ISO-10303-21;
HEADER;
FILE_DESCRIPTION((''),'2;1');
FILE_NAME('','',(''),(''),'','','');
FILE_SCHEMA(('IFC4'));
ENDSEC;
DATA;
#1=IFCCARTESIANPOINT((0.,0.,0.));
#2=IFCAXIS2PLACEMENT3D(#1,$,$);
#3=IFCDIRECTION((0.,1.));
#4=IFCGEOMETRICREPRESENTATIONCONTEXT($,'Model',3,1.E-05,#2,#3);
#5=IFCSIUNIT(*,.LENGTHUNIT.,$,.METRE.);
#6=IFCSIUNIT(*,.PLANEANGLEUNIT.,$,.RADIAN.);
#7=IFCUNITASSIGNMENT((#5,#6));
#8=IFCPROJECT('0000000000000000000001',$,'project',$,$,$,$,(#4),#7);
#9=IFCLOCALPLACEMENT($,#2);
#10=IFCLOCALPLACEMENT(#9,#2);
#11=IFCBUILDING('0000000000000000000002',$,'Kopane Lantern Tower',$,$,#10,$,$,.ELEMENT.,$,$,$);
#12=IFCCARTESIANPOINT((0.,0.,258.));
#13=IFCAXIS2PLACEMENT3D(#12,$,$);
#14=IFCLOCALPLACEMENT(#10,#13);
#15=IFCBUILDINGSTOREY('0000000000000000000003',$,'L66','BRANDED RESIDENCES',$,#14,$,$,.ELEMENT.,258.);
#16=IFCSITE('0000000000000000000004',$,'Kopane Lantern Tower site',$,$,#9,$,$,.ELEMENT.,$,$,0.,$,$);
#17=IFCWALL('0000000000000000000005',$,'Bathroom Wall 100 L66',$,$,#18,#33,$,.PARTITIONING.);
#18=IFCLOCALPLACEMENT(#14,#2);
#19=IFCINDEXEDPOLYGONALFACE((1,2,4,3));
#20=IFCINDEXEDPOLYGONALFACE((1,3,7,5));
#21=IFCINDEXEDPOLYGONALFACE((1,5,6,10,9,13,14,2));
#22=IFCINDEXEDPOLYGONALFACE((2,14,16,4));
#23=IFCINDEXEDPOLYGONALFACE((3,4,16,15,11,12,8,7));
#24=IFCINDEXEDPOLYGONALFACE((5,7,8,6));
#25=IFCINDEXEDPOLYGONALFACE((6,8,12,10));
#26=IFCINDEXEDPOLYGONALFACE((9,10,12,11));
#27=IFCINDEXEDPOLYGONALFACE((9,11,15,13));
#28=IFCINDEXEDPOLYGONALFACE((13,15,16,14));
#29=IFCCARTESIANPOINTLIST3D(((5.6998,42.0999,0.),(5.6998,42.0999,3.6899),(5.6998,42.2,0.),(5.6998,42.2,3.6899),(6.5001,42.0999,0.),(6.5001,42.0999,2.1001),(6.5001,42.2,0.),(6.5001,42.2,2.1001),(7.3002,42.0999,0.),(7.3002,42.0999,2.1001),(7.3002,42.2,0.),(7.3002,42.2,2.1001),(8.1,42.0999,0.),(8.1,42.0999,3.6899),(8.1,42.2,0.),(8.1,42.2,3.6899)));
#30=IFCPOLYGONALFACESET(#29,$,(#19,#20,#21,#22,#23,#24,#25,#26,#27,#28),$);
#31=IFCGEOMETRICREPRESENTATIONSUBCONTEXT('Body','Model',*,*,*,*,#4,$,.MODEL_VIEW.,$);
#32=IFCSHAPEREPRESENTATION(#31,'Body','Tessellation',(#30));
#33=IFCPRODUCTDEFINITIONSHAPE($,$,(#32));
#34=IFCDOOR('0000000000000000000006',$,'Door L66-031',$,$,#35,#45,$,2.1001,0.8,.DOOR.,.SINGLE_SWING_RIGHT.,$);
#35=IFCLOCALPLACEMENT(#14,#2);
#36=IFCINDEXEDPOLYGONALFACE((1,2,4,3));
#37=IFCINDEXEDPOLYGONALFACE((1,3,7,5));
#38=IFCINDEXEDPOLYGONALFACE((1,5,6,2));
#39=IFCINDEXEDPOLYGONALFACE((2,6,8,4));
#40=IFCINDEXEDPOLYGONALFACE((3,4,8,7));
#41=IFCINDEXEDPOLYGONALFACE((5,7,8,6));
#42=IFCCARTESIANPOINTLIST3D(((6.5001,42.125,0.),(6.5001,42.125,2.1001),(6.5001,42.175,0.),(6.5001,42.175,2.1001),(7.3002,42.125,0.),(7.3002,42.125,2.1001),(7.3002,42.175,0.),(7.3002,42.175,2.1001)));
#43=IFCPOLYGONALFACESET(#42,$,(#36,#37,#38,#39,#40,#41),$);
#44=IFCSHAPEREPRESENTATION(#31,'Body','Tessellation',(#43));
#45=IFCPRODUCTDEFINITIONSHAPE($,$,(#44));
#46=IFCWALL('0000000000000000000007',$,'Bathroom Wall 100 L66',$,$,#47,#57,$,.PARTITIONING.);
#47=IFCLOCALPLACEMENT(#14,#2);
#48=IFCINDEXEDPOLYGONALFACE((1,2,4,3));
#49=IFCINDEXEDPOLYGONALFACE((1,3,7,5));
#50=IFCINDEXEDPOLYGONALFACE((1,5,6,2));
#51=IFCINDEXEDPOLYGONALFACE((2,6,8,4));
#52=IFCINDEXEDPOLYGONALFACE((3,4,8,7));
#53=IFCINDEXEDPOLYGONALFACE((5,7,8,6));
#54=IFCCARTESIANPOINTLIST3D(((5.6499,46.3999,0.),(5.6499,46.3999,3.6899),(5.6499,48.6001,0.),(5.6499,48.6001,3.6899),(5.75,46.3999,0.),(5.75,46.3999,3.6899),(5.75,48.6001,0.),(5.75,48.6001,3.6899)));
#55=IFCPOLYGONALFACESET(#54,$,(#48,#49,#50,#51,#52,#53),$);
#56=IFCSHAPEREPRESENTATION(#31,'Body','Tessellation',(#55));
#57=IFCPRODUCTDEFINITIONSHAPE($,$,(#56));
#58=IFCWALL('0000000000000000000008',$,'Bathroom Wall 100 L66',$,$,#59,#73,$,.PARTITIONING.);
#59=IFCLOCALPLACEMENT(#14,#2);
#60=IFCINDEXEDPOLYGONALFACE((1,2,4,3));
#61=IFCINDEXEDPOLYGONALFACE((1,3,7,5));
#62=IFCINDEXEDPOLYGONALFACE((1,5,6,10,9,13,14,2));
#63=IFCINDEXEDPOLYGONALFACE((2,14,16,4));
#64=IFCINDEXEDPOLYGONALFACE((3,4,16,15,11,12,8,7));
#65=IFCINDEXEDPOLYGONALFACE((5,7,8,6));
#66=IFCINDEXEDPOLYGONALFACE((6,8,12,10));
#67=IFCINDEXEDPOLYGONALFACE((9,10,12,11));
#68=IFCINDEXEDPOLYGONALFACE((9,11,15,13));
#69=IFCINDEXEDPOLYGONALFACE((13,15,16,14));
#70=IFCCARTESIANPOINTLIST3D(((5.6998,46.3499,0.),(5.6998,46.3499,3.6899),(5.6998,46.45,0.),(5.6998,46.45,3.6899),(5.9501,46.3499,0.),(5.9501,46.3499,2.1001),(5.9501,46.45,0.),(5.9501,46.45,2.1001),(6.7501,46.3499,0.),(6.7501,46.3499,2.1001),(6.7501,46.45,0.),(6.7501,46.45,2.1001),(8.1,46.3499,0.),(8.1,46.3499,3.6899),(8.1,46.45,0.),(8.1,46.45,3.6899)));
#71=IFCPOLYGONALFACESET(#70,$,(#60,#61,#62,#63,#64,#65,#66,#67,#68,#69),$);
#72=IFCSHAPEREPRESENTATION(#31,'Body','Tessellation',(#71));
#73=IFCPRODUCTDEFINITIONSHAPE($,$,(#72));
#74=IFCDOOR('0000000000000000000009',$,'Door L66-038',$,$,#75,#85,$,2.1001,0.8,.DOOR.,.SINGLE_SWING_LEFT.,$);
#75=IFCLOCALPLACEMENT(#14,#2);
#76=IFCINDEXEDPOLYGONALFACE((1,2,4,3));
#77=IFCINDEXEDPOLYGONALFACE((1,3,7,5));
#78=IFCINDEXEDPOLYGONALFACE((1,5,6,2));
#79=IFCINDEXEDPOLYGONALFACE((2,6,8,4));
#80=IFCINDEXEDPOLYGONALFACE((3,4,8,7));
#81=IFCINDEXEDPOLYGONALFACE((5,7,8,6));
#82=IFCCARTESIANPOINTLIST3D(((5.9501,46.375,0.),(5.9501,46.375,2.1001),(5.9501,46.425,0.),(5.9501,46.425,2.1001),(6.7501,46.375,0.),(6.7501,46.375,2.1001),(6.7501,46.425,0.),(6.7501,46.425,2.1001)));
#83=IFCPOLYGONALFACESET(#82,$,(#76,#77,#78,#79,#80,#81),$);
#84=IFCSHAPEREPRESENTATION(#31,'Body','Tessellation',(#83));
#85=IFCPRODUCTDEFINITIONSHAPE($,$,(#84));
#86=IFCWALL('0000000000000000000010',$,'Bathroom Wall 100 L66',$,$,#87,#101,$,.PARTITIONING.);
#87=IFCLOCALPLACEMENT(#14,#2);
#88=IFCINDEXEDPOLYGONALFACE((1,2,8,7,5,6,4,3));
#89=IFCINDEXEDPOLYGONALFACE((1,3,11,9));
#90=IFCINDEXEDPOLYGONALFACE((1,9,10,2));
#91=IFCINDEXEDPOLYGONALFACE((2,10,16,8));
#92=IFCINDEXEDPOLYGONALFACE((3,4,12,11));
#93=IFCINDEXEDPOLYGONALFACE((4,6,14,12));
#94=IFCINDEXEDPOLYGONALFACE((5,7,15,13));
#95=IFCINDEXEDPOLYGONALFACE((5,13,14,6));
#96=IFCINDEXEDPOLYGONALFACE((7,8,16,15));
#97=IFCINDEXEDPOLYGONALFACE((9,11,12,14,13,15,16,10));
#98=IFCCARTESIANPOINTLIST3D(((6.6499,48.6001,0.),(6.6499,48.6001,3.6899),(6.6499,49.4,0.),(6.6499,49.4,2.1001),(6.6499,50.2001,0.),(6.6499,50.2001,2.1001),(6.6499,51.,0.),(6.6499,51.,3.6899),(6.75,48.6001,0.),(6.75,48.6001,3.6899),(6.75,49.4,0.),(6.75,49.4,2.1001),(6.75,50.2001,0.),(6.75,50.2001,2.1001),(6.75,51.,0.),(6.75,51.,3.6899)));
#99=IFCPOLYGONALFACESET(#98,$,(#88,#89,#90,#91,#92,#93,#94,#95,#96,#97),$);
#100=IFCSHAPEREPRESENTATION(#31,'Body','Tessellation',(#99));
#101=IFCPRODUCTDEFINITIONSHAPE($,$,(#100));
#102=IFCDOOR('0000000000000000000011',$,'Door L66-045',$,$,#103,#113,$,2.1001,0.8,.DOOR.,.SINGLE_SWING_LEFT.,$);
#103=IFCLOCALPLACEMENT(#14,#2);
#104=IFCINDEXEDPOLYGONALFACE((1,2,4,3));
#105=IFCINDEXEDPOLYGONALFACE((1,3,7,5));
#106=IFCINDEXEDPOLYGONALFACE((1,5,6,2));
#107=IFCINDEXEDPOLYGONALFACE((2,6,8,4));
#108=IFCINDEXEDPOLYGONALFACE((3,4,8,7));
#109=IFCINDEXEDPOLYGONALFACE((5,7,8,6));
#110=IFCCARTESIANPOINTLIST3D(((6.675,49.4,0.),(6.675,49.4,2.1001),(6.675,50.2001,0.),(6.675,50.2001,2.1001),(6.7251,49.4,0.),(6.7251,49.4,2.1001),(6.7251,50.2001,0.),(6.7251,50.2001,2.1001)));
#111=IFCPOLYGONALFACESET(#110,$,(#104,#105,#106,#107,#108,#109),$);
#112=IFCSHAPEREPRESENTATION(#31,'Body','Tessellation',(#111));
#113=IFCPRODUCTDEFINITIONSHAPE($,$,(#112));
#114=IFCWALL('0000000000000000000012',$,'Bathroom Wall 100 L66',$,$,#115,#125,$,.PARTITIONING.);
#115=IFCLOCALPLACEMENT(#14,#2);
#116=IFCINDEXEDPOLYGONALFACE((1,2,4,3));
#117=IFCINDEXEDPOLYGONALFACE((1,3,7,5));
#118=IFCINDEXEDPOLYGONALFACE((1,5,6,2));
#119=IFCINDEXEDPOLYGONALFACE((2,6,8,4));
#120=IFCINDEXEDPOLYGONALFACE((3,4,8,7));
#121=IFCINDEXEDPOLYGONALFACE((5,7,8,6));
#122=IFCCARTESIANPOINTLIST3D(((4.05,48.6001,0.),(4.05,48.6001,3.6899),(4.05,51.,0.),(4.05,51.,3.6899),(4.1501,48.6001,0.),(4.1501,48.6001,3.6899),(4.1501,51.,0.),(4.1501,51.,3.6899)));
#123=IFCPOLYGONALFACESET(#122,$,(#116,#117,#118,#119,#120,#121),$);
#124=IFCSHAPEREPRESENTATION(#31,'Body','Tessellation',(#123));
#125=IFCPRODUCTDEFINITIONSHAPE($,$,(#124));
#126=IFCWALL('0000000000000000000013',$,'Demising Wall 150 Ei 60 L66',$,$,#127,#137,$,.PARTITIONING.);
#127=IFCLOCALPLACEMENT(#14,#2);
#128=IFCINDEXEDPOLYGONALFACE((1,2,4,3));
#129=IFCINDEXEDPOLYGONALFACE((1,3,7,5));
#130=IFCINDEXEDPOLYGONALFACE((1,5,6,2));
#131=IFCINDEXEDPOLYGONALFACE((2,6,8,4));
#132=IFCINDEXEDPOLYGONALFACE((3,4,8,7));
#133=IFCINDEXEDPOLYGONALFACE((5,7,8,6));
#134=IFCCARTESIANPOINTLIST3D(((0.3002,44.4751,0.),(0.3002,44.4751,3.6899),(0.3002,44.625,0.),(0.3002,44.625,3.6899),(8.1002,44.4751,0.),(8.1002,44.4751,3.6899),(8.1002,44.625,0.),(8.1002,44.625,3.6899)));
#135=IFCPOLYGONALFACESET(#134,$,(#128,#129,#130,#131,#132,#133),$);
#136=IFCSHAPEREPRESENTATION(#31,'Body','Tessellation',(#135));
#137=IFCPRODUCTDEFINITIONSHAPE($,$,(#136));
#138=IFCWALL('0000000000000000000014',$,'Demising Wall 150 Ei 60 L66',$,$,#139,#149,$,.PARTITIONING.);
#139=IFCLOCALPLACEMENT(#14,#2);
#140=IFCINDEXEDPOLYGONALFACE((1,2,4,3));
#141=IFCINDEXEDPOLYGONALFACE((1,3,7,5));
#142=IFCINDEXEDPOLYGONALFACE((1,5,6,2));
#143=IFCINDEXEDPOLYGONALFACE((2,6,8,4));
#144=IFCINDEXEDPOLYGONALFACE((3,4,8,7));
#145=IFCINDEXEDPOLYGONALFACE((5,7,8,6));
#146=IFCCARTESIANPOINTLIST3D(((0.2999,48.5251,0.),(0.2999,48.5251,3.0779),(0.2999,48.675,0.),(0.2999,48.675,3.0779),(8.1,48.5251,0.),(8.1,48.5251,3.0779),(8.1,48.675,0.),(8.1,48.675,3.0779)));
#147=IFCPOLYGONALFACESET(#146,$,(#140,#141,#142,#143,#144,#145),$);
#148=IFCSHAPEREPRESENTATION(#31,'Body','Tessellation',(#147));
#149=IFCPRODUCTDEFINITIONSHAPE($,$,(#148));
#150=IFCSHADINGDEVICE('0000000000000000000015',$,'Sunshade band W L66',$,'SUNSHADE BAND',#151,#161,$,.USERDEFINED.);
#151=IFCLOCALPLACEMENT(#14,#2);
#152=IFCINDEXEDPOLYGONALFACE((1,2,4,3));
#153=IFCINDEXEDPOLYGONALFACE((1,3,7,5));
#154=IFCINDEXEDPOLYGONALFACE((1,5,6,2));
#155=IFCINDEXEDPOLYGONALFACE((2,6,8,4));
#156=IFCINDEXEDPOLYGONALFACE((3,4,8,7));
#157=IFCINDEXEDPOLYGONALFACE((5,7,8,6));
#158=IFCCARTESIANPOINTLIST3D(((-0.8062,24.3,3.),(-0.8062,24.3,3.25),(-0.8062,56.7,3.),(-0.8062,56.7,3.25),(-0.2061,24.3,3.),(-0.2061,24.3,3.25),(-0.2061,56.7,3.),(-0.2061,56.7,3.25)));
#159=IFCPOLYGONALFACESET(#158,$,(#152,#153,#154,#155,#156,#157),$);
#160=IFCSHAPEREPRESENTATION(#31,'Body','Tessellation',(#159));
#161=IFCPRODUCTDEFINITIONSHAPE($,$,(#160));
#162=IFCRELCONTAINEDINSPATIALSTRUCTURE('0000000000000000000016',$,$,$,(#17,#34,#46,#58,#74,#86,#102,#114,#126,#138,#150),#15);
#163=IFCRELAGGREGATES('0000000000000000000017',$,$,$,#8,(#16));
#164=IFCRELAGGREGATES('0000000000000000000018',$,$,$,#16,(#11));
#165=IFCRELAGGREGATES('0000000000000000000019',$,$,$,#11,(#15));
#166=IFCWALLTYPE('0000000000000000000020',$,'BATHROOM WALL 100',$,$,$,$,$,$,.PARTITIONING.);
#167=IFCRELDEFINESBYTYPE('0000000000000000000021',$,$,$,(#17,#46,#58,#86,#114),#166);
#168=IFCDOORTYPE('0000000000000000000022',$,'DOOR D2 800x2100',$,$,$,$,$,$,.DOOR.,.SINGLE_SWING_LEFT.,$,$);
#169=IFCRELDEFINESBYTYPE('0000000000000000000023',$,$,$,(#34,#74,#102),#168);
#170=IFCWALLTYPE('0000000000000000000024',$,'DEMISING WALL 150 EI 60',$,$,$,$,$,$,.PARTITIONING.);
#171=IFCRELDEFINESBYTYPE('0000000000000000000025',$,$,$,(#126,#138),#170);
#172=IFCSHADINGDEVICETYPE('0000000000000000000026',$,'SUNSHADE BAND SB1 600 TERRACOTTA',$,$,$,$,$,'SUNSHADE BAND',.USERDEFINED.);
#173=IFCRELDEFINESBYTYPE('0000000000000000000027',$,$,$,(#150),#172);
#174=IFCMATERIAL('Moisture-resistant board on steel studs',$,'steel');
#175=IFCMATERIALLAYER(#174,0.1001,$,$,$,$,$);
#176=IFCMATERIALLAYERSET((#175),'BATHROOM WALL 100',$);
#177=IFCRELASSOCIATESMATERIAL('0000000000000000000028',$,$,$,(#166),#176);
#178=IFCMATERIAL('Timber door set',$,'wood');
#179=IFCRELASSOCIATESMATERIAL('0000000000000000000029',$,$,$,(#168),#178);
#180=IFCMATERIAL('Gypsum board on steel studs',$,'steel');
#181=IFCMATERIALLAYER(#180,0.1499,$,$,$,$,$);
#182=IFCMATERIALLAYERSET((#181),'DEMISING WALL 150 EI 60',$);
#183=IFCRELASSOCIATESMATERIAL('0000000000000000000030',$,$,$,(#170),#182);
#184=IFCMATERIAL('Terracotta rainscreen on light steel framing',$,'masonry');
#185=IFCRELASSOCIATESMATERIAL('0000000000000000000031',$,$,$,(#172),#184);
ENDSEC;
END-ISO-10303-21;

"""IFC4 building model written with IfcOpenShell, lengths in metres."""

from ifc_helpers import new_model, si_unit, direction, frame, frame_2d, origin, origin_2d, place, context, subcontext, project, spatial, rectangle, extrude, material, layer, layer_set, type_object, element, fill, save


model = new_model("IFC4")

# Units and contexts
model_context = context("Model", 3, precision=1e-05, world=origin(), true_north=direction((0.0, 1.0)))
body_context = subcontext(model_context, "Body", "Model", "MODEL_VIEW")
ifc_project = project(units=[si_unit("LENGTHUNIT", "METRE"), si_unit("PLANEANGLEUNIT", "RADIAN")], contexts=[model_context])

# Site, building, storey
site_placement = place(None, origin())
site = spatial("IfcSite", under=ifc_project, at=site_placement, Name="Kopane Lantern Tower site", CompositionType="ELEMENT", RefElevation=0.0)
building_placement = place(site_placement, origin())
building = spatial("IfcBuilding", under=site, at=building_placement, Name="Kopane Lantern Tower", CompositionType="ELEMENT")
storey_placement = place(building_placement, frame((0.0, 0.0, 258.0)))
storey = spatial("IfcBuildingStorey", under=building, at=storey_placement, Name="L66", Description="BRANDED RESIDENCES", CompositionType="ELEMENT", Elevation=258.0)

# Wall, opening, door
ifc_material_1 = material(Name="Moisture-resistant board on steel studs", Category="steel")
ifc_layer_1 = layer(ifc_material_1, 0.1001)
ifc_layer_set_1 = layer_set([ifc_layer_1], Name="BATHROOM WALL 100")
wall_type_1 = type_object("IfcWallType", Name="BATHROOM WALL 100", PredefinedType="PARTITIONING", material=ifc_layer_set_1)
wall_1_placement = place(storey_placement, frame((8.1001, 42.1499, 0.0), z_axis=(0.0, 0.0, 1.0), x_axis=(-1.0, 0.0, 0.0)))
wall_1 = element("IfcWall", 1, at=wall_1_placement, inside=storey, type_object=wall_type_1, Name="Bathroom Wall 100 L66", PredefinedType="PARTITIONING", context=body_context, shape_type="SweptSolid", body=[
    extrude(rectangle(XDim=2.4001, YDim=0.1001, at=frame_2d((1.2002, 0.0))), origin(), (0.0, 0.0, 1.0), 3.6899),
])
opening_1_placement = place(wall_1_placement, frame((0.8, 0.0, 0.0)))
opening_1 = element("IfcOpeningElement", 2, at=opening_1_placement, cuts=wall_1, PredefinedType="OPENING", context=body_context, shape_type="SweptSolid", body=[
    extrude(rectangle(XDim=0.8, YDim=2.1001, at=frame_2d((0.3999, 1.05))), frame((0.0, 0.0601, 0.0), z_axis=(0.0, -1.0, 0.0), x_axis=(1.0, 0.0, 0.0)), (0.0, 0.0, 1.0), 0.1201),
])
ifc_material_2 = material(Name="Timber door set", Category="wood")
door_type = type_object("IfcDoorType", Name="DOOR D2 800x2100", OperationType="SINGLE_SWING_LEFT", PredefinedType="DOOR", material=ifc_material_2)
door_1_placement = place(opening_1_placement, origin())
door_1 = element("IfcDoor", 3, at=door_1_placement, inside=storey, type_object=door_type, Name="Door L66-031", OperationType="SINGLE_SWING_RIGHT", OverallHeight=2.1001, OverallWidth=0.8, PredefinedType="DOOR", context=body_context, shape_type="SweptSolid", body=[
    extrude(rectangle(XDim=0.8, YDim=2.1001, at=frame_2d((0.3999, 1.05))), frame((0.0, 0.0249, 0.0), z_axis=(0.0, -1.0, 0.0), x_axis=(1.0, 0.0, 0.0)), (0.0, 0.0, 1.0), 0.05),
])
fill(opening_1, door_1)

# Wall
wall_2_placement = place(storey_placement, frame((5.7, 46.3999, 0.0), z_axis=(0.0, 0.0, 1.0), x_axis=(0.0, 1.0, 0.0)))
element("IfcWall", 4, at=wall_2_placement, inside=storey, type_object=wall_type_1, Name="Bathroom Wall 100 L66", PredefinedType="PARTITIONING", context=body_context, shape_type="SweptSolid", body=[
    extrude(rectangle(XDim=2.2002, YDim=0.1001, at=frame_2d((1.1001, 0.0))), origin(), (0.0, 0.0, 1.0), 3.6899),
])

# Walls, openings, doors
wall_3_placement = place(storey_placement, frame((8.1001, 46.3999, 0.0), z_axis=(0.0, 0.0, 1.0), x_axis=(-1.0, 0.0, 0.0)))
wall_3 = element("IfcWall", 5, at=wall_3_placement, inside=storey, type_object=wall_type_1, Name="Bathroom Wall 100 L66", PredefinedType="PARTITIONING", context=body_context, shape_type="SweptSolid", body=[
    extrude(rectangle(XDim=2.4001, YDim=0.1001, at=frame_2d((1.2002, 0.0))), origin(), (0.0, 0.0, 1.0), 3.6899),
])
opening_2_placement = place(wall_3_placement, frame((1.3501, 0.0, 0.0)))
opening_2 = element("IfcOpeningElement", 6, at=opening_2_placement, cuts=wall_3, PredefinedType="OPENING", context=body_context, shape_type="SweptSolid", body=[
    extrude(rectangle(XDim=0.8, YDim=2.1001, at=frame_2d((0.3999, 1.05))), frame((0.0, 0.0601, 0.0), z_axis=(0.0, -1.0, 0.0), x_axis=(1.0, 0.0, 0.0)), (0.0, 0.0, 1.0), 0.1201),
])
door_2_placement = place(opening_2_placement, origin())
door_2 = element("IfcDoor", 7, at=door_2_placement, inside=storey, type_object=door_type, Name="Door L66-038", OperationType="SINGLE_SWING_LEFT", OverallHeight=2.1001, OverallWidth=0.8, PredefinedType="DOOR", context=body_context, shape_type="SweptSolid", body=[
    extrude(rectangle(XDim=0.8, YDim=2.1001, at=frame_2d((0.3999, 1.05))), frame((0.0, 0.0249, 0.0), z_axis=(0.0, -1.0, 0.0), x_axis=(1.0, 0.0, 0.0)), (0.0, 0.0, 1.0), 0.05),
])
fill(opening_2, door_2)
wall_4_placement = place(storey_placement, frame((6.7, 48.6001, 0.0), z_axis=(0.0, 0.0, 1.0), x_axis=(0.0, 1.0, 0.0)))
wall_4 = element("IfcWall", 8, at=wall_4_placement, inside=storey, type_object=wall_type_1, Name="Bathroom Wall 100 L66", PredefinedType="PARTITIONING", context=body_context, shape_type="SweptSolid", body=[
    extrude(rectangle(XDim=2.3999, YDim=0.1001, at=frame_2d((1.2, 0.0))), origin(), (0.0, 0.0, 1.0), 3.6899),
])
opening_3_placement = place(wall_4_placement, frame((0.8, 0.0, 0.0)))
opening_3 = element("IfcOpeningElement", 9, at=opening_3_placement, cuts=wall_4, PredefinedType="OPENING", context=body_context, shape_type="SweptSolid", body=[
    extrude(rectangle(XDim=0.8, YDim=2.1001, at=frame_2d((0.3999, 1.05))), frame((0.0, 0.0601, 0.0), z_axis=(0.0, -1.0, 0.0), x_axis=(1.0, 0.0, 0.0)), (0.0, 0.0, 1.0), 0.1201),
])
door_3_placement = place(opening_3_placement, origin())
door_3 = element("IfcDoor", 10, at=door_3_placement, inside=storey, type_object=door_type, Name="Door L66-045", OperationType="SINGLE_SWING_LEFT", OverallHeight=2.1001, OverallWidth=0.8, PredefinedType="DOOR", context=body_context, shape_type="SweptSolid", body=[
    extrude(rectangle(XDim=0.8, YDim=2.1001, at=frame_2d((0.3999, 1.05))), frame((0.0, 0.0249, 0.0), z_axis=(0.0, -1.0, 0.0), x_axis=(1.0, 0.0, 0.0)), (0.0, 0.0, 1.0), 0.05),
])
fill(opening_3, door_3)

# Walls
wall_5_placement = place(storey_placement, frame((4.1001, 48.6001, 0.0), z_axis=(0.0, 0.0, 1.0), x_axis=(0.0, 1.0, 0.0)))
element("IfcWall", 11, at=wall_5_placement, inside=storey, type_object=wall_type_1, Name="Bathroom Wall 100 L66", PredefinedType="PARTITIONING", context=body_context, shape_type="SweptSolid", body=[
    extrude(rectangle(XDim=2.3999, YDim=0.1001, at=frame_2d((1.2, 0.0))), origin(), (0.0, 0.0, 1.0), 3.6899),
])
ifc_material_3 = material(Name="Gypsum board on steel studs", Category="steel")
ifc_layer_2 = layer(ifc_material_3, 0.1499)
ifc_layer_set_2 = layer_set([ifc_layer_2], Name="DEMISING WALL 150 EI 60")
wall_type_2 = type_object("IfcWallType", Name="DEMISING WALL 150 EI 60", PredefinedType="PARTITIONING", material=ifc_layer_set_2)
wall_6_placement = place(storey_placement, frame((8.1001, 44.55, 0.0), z_axis=(0.0, 0.0, 1.0), x_axis=(-1.0, 0.0, 0.0)))
element("IfcWall", 12, at=wall_6_placement, inside=storey, type_object=wall_type_2, Name="Demising Wall 150 Ei 60 L66", PredefinedType="PARTITIONING", context=body_context, shape_type="SweptSolid", body=[
    extrude(rectangle(XDim=7.8, YDim=0.1499, at=frame_2d((3.8999, 0.0))), origin(), (0.0, 0.0, 1.0), 3.6899),
])
wall_7_placement = place(storey_placement, frame((0.3, 48.6001, 0.0), z_axis=(0.0, 0.0, 1.0), x_axis=(1.0, 0.0, 0.0)))
element("IfcWall", 13, at=wall_7_placement, inside=storey, type_object=wall_type_2, Name="Demising Wall 150 Ei 60 L66", PredefinedType="PARTITIONING", context=body_context, shape_type="SweptSolid", body=[
    extrude(rectangle(XDim=7.8, YDim=0.1499, at=frame_2d((3.8999, 0.0))), origin(), (0.0, 0.0, 1.0), 3.0779),
])

# Shading device
ifc_material_4 = material(Name="Terracotta rainscreen on light steel framing", Category="masonry")
shading_device_type = type_object("IfcShadingDeviceType", Name="SUNSHADE BAND SB1 600 TERRACOTTA", ElementType="SUNSHADE BAND", PredefinedType="USERDEFINED", material=ifc_material_4)
shading_device_placement = place(storey_placement, frame((-0.5061, 40.5, 3.0), z_axis=(0.0, 0.0, 1.0), x_axis=(0.0, -1.0, 0.0)))
element("IfcShadingDevice", 14, at=shading_device_placement, inside=storey, type_object=shading_device_type, Name="Sunshade band W L66", ObjectType="SUNSHADE BAND", PredefinedType="USERDEFINED", context=body_context, shape_type="SweptSolid", body=[
    extrude(rectangle(XDim=32.3999, YDim=0.6001, at=origin_2d()), origin(), (0.0, 0.0, 1.0), 0.25),
])

save(model, "model.ifc")
